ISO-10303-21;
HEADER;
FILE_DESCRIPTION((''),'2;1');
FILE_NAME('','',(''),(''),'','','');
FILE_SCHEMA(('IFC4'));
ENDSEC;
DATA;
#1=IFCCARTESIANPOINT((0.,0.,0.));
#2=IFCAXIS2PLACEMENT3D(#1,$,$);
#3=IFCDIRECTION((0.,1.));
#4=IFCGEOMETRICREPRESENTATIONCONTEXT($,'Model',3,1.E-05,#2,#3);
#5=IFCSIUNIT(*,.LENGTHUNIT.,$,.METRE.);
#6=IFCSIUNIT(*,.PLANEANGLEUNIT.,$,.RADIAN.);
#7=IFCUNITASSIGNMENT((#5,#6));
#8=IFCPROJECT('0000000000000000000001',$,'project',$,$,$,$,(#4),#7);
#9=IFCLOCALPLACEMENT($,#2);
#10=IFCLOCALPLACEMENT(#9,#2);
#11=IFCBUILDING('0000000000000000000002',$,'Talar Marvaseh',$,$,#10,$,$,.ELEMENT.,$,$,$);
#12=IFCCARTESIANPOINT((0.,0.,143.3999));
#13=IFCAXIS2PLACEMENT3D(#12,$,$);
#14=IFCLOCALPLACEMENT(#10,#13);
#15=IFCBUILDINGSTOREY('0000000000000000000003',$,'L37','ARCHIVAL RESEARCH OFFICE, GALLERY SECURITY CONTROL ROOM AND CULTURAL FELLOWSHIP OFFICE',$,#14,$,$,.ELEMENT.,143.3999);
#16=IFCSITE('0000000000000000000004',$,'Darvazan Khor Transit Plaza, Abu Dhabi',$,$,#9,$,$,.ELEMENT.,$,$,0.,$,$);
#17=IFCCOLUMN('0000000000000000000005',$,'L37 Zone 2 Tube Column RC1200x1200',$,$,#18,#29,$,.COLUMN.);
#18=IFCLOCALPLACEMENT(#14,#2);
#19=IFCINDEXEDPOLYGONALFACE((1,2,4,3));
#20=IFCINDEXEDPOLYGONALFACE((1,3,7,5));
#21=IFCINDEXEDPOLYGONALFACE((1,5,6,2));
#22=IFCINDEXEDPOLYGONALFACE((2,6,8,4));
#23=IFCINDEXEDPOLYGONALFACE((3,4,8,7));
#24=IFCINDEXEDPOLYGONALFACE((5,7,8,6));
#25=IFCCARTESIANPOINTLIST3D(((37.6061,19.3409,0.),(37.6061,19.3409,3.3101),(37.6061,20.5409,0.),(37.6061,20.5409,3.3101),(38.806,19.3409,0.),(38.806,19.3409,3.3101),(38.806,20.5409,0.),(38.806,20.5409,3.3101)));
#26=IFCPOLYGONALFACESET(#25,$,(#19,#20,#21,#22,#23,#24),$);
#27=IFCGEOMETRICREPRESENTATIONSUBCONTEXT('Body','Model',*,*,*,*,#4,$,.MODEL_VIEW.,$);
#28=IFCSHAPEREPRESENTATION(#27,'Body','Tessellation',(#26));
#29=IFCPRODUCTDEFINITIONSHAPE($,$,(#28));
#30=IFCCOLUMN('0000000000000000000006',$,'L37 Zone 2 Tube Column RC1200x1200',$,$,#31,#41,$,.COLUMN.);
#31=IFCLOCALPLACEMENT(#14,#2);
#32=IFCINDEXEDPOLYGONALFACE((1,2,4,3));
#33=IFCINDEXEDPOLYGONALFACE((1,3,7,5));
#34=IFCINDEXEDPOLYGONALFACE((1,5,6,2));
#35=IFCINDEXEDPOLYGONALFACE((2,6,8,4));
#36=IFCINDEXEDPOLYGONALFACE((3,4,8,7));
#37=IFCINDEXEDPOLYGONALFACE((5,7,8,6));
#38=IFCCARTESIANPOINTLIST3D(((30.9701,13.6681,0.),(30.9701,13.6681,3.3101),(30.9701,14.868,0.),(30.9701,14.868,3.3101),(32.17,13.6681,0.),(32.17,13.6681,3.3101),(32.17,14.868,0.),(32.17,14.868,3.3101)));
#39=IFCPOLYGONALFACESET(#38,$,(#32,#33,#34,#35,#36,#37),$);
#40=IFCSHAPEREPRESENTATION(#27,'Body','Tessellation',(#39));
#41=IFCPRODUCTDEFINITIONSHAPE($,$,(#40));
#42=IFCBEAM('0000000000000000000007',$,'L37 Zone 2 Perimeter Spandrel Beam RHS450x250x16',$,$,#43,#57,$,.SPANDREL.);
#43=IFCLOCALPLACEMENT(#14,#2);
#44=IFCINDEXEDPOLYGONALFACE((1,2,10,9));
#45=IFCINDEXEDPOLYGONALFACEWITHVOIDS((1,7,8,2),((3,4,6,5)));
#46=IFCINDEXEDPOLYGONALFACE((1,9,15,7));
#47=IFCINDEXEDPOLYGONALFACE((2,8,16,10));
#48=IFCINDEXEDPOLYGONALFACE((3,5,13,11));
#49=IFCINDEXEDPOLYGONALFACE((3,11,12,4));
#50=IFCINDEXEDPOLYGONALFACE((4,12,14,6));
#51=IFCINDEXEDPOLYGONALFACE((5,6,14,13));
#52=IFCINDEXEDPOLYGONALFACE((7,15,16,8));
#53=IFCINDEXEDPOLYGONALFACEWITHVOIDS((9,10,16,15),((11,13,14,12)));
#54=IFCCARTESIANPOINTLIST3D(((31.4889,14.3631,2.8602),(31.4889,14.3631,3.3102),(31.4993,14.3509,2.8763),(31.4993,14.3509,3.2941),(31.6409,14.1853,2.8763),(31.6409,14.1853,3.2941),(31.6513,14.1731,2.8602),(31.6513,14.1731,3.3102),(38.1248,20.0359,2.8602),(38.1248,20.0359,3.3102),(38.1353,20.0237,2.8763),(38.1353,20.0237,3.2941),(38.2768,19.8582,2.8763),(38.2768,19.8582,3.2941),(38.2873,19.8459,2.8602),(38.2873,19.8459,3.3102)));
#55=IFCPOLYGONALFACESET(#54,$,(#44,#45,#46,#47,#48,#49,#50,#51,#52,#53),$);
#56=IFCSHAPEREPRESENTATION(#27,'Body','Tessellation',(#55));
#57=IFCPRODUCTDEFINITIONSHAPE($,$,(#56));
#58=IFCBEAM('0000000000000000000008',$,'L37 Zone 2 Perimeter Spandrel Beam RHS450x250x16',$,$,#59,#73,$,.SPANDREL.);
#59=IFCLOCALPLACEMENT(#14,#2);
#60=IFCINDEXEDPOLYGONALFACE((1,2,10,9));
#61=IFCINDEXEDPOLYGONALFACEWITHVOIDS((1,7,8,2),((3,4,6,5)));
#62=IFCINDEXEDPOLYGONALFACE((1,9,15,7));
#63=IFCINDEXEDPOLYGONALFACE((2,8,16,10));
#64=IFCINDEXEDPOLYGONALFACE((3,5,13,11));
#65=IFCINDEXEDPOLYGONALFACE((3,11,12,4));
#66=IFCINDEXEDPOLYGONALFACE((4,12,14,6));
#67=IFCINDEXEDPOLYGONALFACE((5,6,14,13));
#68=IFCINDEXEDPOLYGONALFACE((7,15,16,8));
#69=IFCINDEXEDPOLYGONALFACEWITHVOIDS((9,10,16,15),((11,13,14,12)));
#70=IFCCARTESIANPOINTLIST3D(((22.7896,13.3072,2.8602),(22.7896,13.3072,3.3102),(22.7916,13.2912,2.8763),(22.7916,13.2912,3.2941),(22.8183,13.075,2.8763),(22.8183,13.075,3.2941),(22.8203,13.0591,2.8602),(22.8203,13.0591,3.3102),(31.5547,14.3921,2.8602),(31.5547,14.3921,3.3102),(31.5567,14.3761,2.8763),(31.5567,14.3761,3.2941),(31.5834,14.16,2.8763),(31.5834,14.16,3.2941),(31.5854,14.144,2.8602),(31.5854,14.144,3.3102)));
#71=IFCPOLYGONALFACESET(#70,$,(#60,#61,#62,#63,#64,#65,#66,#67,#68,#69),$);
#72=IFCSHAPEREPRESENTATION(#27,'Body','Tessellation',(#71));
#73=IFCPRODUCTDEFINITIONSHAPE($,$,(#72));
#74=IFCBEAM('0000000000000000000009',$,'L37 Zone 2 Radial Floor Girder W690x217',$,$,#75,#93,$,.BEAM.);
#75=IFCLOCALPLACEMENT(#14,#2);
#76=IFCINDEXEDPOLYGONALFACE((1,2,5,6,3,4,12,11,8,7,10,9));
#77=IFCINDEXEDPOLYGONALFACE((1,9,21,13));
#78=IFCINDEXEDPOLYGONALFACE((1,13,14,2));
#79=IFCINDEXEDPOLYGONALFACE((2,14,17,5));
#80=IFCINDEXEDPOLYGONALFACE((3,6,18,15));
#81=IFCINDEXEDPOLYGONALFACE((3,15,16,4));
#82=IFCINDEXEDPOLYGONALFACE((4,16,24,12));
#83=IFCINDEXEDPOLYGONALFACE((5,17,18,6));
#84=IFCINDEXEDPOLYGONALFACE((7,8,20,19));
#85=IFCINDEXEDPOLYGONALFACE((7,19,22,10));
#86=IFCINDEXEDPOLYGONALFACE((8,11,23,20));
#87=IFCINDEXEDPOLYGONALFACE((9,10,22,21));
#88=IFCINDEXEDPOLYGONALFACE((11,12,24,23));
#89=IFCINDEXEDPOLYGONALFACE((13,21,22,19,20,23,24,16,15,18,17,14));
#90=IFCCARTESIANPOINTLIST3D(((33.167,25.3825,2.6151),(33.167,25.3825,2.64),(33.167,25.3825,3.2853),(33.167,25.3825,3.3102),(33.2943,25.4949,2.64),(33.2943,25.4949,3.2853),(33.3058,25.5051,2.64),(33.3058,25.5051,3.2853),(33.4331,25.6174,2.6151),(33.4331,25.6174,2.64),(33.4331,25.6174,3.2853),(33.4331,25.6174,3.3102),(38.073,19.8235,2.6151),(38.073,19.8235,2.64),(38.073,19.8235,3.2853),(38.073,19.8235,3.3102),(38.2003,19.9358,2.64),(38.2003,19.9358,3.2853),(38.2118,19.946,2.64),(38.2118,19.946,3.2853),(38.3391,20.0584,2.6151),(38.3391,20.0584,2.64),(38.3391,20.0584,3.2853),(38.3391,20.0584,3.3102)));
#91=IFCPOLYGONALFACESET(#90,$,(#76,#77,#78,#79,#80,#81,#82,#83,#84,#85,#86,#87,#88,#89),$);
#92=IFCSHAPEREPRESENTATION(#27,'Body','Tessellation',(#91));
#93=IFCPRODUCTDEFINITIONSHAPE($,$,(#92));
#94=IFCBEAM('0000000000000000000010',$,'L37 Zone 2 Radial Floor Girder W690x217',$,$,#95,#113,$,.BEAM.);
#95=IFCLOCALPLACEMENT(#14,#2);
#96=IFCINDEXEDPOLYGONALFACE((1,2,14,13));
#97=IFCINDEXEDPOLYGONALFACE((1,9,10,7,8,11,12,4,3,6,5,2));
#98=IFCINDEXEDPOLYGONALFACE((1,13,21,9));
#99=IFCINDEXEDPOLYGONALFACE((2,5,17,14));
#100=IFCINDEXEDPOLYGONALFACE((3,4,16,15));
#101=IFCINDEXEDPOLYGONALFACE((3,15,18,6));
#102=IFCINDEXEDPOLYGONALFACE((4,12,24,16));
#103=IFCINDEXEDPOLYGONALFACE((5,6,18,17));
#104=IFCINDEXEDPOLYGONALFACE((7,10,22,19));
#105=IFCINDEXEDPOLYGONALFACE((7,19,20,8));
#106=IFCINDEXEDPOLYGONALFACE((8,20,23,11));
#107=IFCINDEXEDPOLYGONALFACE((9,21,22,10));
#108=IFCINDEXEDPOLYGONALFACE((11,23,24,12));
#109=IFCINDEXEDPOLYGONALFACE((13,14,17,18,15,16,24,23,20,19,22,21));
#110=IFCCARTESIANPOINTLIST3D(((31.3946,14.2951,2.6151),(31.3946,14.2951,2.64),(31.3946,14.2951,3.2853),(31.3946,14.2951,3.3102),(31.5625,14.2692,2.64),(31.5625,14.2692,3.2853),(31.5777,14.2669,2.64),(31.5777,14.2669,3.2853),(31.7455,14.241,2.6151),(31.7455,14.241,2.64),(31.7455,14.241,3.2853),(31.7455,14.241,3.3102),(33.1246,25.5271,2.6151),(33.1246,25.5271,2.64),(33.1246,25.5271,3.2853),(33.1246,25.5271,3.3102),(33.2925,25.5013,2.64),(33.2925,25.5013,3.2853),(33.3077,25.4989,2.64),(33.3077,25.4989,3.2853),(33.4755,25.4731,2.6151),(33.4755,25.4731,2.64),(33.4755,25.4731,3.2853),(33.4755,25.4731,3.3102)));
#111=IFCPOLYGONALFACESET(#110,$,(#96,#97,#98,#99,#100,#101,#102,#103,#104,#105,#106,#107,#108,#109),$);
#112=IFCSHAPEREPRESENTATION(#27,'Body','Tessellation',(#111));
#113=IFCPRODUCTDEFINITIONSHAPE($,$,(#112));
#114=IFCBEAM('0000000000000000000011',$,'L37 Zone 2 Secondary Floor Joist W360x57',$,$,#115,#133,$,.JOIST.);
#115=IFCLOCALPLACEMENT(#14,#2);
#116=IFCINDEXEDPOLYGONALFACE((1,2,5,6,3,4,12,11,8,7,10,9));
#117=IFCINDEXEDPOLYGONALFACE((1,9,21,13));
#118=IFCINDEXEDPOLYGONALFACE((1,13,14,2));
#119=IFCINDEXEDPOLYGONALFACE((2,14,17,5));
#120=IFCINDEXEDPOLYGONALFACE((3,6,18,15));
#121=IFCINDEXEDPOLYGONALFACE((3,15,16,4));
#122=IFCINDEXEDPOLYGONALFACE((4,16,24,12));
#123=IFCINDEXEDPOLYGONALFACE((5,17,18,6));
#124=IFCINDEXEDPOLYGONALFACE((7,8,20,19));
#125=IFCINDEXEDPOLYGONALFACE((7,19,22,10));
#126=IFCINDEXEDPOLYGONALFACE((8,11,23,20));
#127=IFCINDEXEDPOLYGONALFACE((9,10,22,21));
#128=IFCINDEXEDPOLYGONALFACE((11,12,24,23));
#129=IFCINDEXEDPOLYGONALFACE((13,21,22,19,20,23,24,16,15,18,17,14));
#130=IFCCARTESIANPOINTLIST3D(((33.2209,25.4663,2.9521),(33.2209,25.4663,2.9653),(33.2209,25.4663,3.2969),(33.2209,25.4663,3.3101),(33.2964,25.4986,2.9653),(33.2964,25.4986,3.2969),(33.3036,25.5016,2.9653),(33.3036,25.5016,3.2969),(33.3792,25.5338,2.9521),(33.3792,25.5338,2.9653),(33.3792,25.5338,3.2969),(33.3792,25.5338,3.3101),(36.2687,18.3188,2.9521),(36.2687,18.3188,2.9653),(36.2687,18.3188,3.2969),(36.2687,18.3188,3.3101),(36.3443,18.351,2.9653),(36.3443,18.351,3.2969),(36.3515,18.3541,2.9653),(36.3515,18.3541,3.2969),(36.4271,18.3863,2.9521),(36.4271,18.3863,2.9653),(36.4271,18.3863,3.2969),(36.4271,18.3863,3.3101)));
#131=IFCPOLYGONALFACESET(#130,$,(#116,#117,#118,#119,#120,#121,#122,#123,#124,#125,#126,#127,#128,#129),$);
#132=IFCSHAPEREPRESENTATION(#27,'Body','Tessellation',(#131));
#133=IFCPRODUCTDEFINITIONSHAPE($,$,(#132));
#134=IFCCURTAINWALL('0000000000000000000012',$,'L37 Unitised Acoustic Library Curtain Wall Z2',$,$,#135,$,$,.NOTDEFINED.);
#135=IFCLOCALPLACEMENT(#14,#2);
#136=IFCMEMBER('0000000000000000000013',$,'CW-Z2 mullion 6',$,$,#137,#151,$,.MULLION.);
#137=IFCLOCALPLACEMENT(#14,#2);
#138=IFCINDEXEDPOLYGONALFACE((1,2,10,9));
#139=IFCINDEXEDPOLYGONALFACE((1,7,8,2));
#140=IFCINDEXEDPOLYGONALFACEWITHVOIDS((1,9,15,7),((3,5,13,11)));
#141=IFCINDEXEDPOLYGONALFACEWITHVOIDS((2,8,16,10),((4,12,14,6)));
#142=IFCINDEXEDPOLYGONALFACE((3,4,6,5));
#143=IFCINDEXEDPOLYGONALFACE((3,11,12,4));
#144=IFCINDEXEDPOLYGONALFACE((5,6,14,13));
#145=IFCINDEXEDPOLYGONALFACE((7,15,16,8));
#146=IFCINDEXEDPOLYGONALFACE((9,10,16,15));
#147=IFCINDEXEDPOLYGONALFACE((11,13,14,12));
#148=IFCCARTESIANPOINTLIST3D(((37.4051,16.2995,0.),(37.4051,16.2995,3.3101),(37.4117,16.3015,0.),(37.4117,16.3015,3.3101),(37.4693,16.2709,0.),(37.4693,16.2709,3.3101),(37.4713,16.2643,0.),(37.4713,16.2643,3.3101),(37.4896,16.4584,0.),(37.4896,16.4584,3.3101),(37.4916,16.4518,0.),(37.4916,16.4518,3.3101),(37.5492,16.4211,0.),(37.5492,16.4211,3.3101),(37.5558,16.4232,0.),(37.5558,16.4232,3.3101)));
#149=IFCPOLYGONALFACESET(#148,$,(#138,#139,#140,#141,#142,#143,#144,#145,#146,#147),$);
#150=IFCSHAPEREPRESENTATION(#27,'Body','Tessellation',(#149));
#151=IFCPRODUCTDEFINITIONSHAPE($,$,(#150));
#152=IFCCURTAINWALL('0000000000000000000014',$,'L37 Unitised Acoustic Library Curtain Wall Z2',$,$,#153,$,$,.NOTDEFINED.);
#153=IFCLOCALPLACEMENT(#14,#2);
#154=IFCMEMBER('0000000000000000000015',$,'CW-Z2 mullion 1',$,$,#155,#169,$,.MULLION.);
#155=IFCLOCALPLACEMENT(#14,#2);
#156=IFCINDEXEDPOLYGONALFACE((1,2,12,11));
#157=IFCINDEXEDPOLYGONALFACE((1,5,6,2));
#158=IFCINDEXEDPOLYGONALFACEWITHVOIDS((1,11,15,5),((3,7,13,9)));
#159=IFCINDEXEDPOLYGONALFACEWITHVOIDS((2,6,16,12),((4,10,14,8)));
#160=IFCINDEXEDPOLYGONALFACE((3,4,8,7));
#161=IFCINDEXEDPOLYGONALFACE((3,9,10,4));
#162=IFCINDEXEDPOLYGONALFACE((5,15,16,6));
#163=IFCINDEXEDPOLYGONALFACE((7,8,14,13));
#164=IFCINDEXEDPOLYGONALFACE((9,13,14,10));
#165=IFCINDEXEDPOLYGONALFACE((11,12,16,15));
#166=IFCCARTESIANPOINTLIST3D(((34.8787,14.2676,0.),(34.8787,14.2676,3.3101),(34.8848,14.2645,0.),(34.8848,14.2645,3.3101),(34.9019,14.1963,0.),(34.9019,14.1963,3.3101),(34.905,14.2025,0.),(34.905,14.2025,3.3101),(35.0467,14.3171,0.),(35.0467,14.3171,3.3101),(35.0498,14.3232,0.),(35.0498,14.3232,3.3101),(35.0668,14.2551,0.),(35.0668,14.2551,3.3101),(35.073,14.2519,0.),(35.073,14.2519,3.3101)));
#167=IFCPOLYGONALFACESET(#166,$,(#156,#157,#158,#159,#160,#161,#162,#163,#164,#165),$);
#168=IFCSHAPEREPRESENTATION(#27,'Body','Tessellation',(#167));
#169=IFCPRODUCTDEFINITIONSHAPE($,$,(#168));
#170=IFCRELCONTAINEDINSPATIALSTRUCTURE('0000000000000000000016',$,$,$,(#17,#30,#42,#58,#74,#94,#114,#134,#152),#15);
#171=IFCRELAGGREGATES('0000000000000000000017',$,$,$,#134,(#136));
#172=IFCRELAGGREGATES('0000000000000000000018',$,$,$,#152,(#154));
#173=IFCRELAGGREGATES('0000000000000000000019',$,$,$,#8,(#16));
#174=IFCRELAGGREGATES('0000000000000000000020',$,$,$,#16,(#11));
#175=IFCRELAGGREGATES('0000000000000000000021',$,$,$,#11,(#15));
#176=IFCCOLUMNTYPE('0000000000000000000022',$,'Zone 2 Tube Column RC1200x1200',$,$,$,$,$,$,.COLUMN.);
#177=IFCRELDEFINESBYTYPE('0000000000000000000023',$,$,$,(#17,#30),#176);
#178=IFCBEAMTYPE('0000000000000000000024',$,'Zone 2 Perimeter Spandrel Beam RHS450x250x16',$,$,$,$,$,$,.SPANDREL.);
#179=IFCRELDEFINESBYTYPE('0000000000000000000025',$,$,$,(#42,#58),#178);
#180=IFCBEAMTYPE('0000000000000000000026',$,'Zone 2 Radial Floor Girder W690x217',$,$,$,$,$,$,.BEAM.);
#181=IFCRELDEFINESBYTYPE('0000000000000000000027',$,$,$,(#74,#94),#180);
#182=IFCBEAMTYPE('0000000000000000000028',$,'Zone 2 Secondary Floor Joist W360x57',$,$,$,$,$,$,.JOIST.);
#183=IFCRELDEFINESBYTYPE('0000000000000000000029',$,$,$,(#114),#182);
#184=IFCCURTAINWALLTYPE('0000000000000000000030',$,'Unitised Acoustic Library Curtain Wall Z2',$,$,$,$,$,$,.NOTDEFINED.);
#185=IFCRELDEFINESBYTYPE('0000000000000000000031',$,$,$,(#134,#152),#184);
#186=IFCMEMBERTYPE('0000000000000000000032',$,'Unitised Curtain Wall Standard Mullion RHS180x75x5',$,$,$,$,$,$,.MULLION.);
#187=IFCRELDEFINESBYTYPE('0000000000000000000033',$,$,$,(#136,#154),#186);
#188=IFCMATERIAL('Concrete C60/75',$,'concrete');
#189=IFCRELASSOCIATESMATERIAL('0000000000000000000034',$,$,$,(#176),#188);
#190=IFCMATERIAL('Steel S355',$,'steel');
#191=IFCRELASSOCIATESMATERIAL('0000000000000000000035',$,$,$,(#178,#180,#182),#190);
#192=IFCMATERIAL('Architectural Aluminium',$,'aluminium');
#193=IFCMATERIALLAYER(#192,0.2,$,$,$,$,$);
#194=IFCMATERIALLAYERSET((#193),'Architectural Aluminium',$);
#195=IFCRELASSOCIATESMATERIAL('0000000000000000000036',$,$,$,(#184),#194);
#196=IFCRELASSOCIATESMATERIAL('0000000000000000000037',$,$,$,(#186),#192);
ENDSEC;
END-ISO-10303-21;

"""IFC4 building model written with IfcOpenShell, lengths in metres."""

from ifc_helpers import new_model, si_unit, direction, frame, origin, origin_2d, place, context, subcontext, project, spatial, rectangle, hollow_rectangle, i_section, extrude, source, transform, mapped, material, layer, layer_set, material_profile, profile_set, type_object, type_shapes, element, aggregate, save


model = new_model("IFC4")

# Units and contexts
model_context = context("Model", 3, precision=1e-05, world=origin(), true_north=direction((0.0, 1.0)))
body_context = subcontext(model_context, "Body", "Model", "MODEL_VIEW")
ifc_project = project(units=[si_unit("LENGTHUNIT", "METRE"), si_unit("PLANEANGLEUNIT", "RADIAN")], contexts=[model_context])

# Site, building, storey
site_placement = place(None, origin())
site = spatial("IfcSite", under=ifc_project, at=site_placement, Name="Darvazan Khor Transit Plaza, Abu Dhabi", CompositionType="ELEMENT", RefElevation=0.0)
building_placement = place(site_placement, origin())
building = spatial("IfcBuilding", under=site, at=building_placement, Name="Talar Marvaseh", CompositionType="ELEMENT")
storey_placement = place(building_placement, frame((0.0, 0.0, 143.3999)))
storey = spatial("IfcBuildingStorey", under=building, at=storey_placement, Name="L37", Description="ARCHIVAL RESEARCH OFFICE, GALLERY SECURITY CONTROL ROOM AND CULTURAL FELLOWSHIP OFFICE", CompositionType="ELEMENT", Elevation=143.3999)

# Columns
ifc_material_1 = material(Name="Concrete C60/75", Category="concrete")
ifc_material_profile_1 = material_profile(ifc_material_1, rectangle(XDim=1.2, YDim=1.2, at=origin_2d()), Name="RC1200x1200")
ifc_profile_set_1 = profile_set([ifc_material_profile_1], Name="Concrete C60/75")
column_type = type_object("IfcColumnType", Name="Zone 2 Tube Column RC1200x1200", PredefinedType="COLUMN", material=ifc_profile_set_1)
for number, where, z_axis, x_axis, name in (
    (1, (38.2061, 19.9409, 0.0), (0.0, 0.0, 1.0), (1.0, 0.0, 0.0), "L37 Zone 2 Tube Column RC1200x1200"),
    (2, (31.5701, 14.2681, 0.0), (0.0, 0.0, 1.0), (1.0, 0.0, 0.0), "L37 Zone 2 Tube Column RC1200x1200"),
):
    element("IfcColumn", number, at=place(storey_placement, frame(where, z_axis=z_axis, x_axis=x_axis)), inside=storey, type_object=column_type, Name=name, PredefinedType="COLUMN", context=body_context, shape_type="SweptSolid", body=[
        extrude(rectangle(XDim=1.2, YDim=1.2, at=origin_2d()), origin(), (0.0, 0.0, 1.0), 3.3101),
    ])

# Beams
ifc_material_2 = material(Name="Steel S355", Category="steel")
ifc_material_profile_2 = material_profile(ifc_material_2, hollow_rectangle(XDim=0.25, YDim=0.45, WallThickness=0.0161, at=origin_2d()), Name="RHS450x250x16")
ifc_profile_set_2 = profile_set([ifc_material_profile_2], Name="Steel S355")
beam_type_1 = type_object("IfcBeamType", Name="Zone 2 Perimeter Spandrel Beam RHS450x250x16", PredefinedType="SPANDREL", material=ifc_profile_set_2)
beam_1_placement = place(storey_placement, frame((38.2061, 19.9409, 3.0852), z_axis=(-0.760113, -0.649791, 0.0), x_axis=(0.649791, -0.760113, 0.0)))
element("IfcBeam", 3, at=beam_1_placement, inside=storey, type_object=beam_type_1, Name="L37 Zone 2 Perimeter Spandrel Beam RHS450x250x16", PredefinedType="SPANDREL", context=body_context, shape_type="SweptSolid", body=[
    extrude(hollow_rectangle(XDim=0.25, YDim=0.45, WallThickness=0.0161, at=origin_2d()), origin(), (0.0, 0.0, 1.0), 8.7302),
])
beam_2_placement = place(storey_placement, frame((31.5701, 14.2681, 3.0852), z_axis=(-0.992426, -0.122844, 0.0), x_axis=(0.122844, -0.992426, 0.0)))
element("IfcBeam", 4, at=beam_2_placement, inside=storey, type_object=beam_type_1, Name="L37 Zone 2 Perimeter Spandrel Beam RHS450x250x16", PredefinedType="SPANDREL", context=body_context, shape_type="SweptSolid", body=[
    extrude(hollow_rectangle(XDim=0.25, YDim=0.45, WallThickness=0.0161, at=origin_2d()), origin(), (0.0, 0.0, 1.0), 8.832),
])
ifc_material_profile_3 = material_profile(ifc_material_2, i_section(OverallWidth=0.355, OverallDepth=0.6951, WebThickness=0.0154, FlangeThickness=0.0249, at=origin_2d()), Name="W690x217")
ifc_profile_set_3 = profile_set([ifc_material_profile_3], Name="Steel S355")
beam_type_2 = type_object("IfcBeamType", Name="Zone 2 Radial Floor Girder W690x217", PredefinedType="BEAM", material=ifc_profile_set_3)
beam_3_placement = place(storey_placement, frame((38.2061, 19.9409, 2.9626), z_axis=(-0.661692, 0.749775, 0.0), x_axis=(-0.749775, -0.661692, 0.0)))
element("IfcBeam", 5, at=beam_3_placement, inside=storey, type_object=beam_type_2, Name="L37 Zone 2 Radial Floor Girder W690x217", PredefinedType="BEAM", context=body_context, shape_type="SweptSolid", body=[
    extrude(i_section(OverallWidth=0.355, OverallDepth=0.6951, WebThickness=0.0154, FlangeThickness=0.0249, at=origin_2d()), origin(), (0.0, 0.0, 1.0), 7.4143),
])
beam_4_placement = place(storey_placement, frame((31.5701, 14.2681, 2.9626), z_axis=(0.152228, 0.988345, 0.0), x_axis=(-0.988345, 0.152228, 0.0)))
element("IfcBeam", 6, at=beam_4_placement, inside=storey, type_object=beam_type_2, Name="L37 Zone 2 Radial Floor Girder W690x217", PredefinedType="BEAM", context=body_context, shape_type="SweptSolid", body=[
    extrude(i_section(OverallWidth=0.355, OverallDepth=0.6951, WebThickness=0.0154, FlangeThickness=0.0249, at=origin_2d()), origin(), (0.0, 0.0, 1.0), 11.3645),
])
ifc_material_profile_4 = material_profile(ifc_material_2, i_section(OverallWidth=0.1721, OverallDepth=0.3579, WebThickness=0.0078, FlangeThickness=0.0132, at=origin_2d()), Name="W360x57")
ifc_profile_set_4 = profile_set([ifc_material_profile_4], Name="Steel S355")
beam_type_3 = type_object("IfcBeamType", Name="Zone 2 Secondary Floor Joist W360x57", PredefinedType="JOIST", material=ifc_profile_set_4)
beam_5_placement = place(storey_placement, frame((36.3479, 18.3525, 3.1311), z_axis=(-0.39225, 0.919859, 0.0), x_axis=(-0.919859, -0.39225, 0.0)))
element("IfcBeam", 7, at=beam_5_placement, inside=storey, type_object=beam_type_3, Name="L37 Zone 2 Secondary Floor Joist W360x57", PredefinedType="JOIST", context=body_context, shape_type="SweptSolid", body=[
    extrude(i_section(OverallWidth=0.1721, OverallDepth=0.3579, WebThickness=0.0078, FlangeThickness=0.0132, at=origin_2d()), origin(), (0.0, 0.0, 1.0), 7.7703),
])

# Curtain wall, member
ifc_material_3 = material(Name="Architectural Aluminium", Category="aluminium")
ifc_layer_1 = layer(ifc_material_3, 0.2)
ifc_layer_set_1 = layer_set([ifc_layer_1], Name="Architectural Aluminium")
curtain_wall_type = type_object("IfcCurtainWallType", Name="Unitised Acoustic Library Curtain Wall Z2", PredefinedType="NOTDEFINED", material=ifc_layer_set_1)
curtain_wall_1_placement = place(storey_placement, origin())
curtain_wall_1 = element("IfcCurtainWall", 8, at=curtain_wall_1_placement, inside=storey, type_object=curtain_wall_type, Name="L37 Unitised Acoustic Library Curtain Wall Z2", PredefinedType="NOTDEFINED")
ifc_material_profile_5 = material_profile(ifc_material_3, hollow_rectangle(XDim=0.075, YDim=0.1799, WallThickness=0.0049, at=origin_2d()), Name="RHS180x75x5")
ifc_profile_set_5 = profile_set([ifc_material_profile_5], Name="Architectural Aluminium")
member_type_1 = type_object("IfcMemberType", Name="Unitised Curtain Wall Standard Mullion RHS180x75x5", PredefinedType="MULLION", material=ifc_profile_set_5)
shared_shape_1 = source(origin(), body_context, "Body", "SweptSolid", [
    extrude(hollow_rectangle(XDim=0.075, YDim=0.1799, WallThickness=0.0049, at=origin_2d()), origin(), (0.0, 0.0, 1.0), 3.3101),
])
type_shapes(member_type_1, [shared_shape_1])
member_1_placement = place(storey_placement, frame((37.4805, 16.3613, 0.0), z_axis=(0.0, 0.0, 1.0), x_axis=(0.882874, -0.469611, 0.0)))
member_1 = element("IfcMember", 9, at=member_1_placement, type_object=member_type_1, Name="CW-Z2 mullion 6", PredefinedType="MULLION", context=body_context, shape_type="MappedRepresentation", body=[
    mapped(shared_shape_1, transform((0.0, 0.0, 0.0), x_axis=(1.0, 0.0, 0.0), y_axis=(0.0, 1.0, 0.0), z_axis=(0.0, 0.0, 1.0), scale=1.0)),
])

# Curtain wall, member
curtain_wall_2_placement = place(storey_placement, origin())
curtain_wall_2 = element("IfcCurtainWall", 10, at=curtain_wall_2_placement, inside=storey, type_object=curtain_wall_type, Name="L37 Unitised Acoustic Library Curtain Wall Z2", PredefinedType="NOTDEFINED")
member_2_placement = place(storey_placement, frame((34.9758, 14.2598, 0.0), z_axis=(0.0, 0.0, 1.0), x_axis=(0.309164, -0.951009, 0.0)))
member_2 = element("IfcMember", 11, at=member_2_placement, type_object=member_type_1, Name="CW-Z2 mullion 1", PredefinedType="MULLION", context=body_context, shape_type="MappedRepresentation", body=[
    mapped(shared_shape_1, transform((0.0, 0.0, 0.0), x_axis=(1.0, 0.0, 0.0), y_axis=(0.0, 1.0, 0.0), z_axis=(0.0, 0.0, 1.0), scale=1.0)),
])

aggregate(curtain_wall_1, [member_1])
aggregate(curtain_wall_2, [member_2])

save(model, "model.ifc")
